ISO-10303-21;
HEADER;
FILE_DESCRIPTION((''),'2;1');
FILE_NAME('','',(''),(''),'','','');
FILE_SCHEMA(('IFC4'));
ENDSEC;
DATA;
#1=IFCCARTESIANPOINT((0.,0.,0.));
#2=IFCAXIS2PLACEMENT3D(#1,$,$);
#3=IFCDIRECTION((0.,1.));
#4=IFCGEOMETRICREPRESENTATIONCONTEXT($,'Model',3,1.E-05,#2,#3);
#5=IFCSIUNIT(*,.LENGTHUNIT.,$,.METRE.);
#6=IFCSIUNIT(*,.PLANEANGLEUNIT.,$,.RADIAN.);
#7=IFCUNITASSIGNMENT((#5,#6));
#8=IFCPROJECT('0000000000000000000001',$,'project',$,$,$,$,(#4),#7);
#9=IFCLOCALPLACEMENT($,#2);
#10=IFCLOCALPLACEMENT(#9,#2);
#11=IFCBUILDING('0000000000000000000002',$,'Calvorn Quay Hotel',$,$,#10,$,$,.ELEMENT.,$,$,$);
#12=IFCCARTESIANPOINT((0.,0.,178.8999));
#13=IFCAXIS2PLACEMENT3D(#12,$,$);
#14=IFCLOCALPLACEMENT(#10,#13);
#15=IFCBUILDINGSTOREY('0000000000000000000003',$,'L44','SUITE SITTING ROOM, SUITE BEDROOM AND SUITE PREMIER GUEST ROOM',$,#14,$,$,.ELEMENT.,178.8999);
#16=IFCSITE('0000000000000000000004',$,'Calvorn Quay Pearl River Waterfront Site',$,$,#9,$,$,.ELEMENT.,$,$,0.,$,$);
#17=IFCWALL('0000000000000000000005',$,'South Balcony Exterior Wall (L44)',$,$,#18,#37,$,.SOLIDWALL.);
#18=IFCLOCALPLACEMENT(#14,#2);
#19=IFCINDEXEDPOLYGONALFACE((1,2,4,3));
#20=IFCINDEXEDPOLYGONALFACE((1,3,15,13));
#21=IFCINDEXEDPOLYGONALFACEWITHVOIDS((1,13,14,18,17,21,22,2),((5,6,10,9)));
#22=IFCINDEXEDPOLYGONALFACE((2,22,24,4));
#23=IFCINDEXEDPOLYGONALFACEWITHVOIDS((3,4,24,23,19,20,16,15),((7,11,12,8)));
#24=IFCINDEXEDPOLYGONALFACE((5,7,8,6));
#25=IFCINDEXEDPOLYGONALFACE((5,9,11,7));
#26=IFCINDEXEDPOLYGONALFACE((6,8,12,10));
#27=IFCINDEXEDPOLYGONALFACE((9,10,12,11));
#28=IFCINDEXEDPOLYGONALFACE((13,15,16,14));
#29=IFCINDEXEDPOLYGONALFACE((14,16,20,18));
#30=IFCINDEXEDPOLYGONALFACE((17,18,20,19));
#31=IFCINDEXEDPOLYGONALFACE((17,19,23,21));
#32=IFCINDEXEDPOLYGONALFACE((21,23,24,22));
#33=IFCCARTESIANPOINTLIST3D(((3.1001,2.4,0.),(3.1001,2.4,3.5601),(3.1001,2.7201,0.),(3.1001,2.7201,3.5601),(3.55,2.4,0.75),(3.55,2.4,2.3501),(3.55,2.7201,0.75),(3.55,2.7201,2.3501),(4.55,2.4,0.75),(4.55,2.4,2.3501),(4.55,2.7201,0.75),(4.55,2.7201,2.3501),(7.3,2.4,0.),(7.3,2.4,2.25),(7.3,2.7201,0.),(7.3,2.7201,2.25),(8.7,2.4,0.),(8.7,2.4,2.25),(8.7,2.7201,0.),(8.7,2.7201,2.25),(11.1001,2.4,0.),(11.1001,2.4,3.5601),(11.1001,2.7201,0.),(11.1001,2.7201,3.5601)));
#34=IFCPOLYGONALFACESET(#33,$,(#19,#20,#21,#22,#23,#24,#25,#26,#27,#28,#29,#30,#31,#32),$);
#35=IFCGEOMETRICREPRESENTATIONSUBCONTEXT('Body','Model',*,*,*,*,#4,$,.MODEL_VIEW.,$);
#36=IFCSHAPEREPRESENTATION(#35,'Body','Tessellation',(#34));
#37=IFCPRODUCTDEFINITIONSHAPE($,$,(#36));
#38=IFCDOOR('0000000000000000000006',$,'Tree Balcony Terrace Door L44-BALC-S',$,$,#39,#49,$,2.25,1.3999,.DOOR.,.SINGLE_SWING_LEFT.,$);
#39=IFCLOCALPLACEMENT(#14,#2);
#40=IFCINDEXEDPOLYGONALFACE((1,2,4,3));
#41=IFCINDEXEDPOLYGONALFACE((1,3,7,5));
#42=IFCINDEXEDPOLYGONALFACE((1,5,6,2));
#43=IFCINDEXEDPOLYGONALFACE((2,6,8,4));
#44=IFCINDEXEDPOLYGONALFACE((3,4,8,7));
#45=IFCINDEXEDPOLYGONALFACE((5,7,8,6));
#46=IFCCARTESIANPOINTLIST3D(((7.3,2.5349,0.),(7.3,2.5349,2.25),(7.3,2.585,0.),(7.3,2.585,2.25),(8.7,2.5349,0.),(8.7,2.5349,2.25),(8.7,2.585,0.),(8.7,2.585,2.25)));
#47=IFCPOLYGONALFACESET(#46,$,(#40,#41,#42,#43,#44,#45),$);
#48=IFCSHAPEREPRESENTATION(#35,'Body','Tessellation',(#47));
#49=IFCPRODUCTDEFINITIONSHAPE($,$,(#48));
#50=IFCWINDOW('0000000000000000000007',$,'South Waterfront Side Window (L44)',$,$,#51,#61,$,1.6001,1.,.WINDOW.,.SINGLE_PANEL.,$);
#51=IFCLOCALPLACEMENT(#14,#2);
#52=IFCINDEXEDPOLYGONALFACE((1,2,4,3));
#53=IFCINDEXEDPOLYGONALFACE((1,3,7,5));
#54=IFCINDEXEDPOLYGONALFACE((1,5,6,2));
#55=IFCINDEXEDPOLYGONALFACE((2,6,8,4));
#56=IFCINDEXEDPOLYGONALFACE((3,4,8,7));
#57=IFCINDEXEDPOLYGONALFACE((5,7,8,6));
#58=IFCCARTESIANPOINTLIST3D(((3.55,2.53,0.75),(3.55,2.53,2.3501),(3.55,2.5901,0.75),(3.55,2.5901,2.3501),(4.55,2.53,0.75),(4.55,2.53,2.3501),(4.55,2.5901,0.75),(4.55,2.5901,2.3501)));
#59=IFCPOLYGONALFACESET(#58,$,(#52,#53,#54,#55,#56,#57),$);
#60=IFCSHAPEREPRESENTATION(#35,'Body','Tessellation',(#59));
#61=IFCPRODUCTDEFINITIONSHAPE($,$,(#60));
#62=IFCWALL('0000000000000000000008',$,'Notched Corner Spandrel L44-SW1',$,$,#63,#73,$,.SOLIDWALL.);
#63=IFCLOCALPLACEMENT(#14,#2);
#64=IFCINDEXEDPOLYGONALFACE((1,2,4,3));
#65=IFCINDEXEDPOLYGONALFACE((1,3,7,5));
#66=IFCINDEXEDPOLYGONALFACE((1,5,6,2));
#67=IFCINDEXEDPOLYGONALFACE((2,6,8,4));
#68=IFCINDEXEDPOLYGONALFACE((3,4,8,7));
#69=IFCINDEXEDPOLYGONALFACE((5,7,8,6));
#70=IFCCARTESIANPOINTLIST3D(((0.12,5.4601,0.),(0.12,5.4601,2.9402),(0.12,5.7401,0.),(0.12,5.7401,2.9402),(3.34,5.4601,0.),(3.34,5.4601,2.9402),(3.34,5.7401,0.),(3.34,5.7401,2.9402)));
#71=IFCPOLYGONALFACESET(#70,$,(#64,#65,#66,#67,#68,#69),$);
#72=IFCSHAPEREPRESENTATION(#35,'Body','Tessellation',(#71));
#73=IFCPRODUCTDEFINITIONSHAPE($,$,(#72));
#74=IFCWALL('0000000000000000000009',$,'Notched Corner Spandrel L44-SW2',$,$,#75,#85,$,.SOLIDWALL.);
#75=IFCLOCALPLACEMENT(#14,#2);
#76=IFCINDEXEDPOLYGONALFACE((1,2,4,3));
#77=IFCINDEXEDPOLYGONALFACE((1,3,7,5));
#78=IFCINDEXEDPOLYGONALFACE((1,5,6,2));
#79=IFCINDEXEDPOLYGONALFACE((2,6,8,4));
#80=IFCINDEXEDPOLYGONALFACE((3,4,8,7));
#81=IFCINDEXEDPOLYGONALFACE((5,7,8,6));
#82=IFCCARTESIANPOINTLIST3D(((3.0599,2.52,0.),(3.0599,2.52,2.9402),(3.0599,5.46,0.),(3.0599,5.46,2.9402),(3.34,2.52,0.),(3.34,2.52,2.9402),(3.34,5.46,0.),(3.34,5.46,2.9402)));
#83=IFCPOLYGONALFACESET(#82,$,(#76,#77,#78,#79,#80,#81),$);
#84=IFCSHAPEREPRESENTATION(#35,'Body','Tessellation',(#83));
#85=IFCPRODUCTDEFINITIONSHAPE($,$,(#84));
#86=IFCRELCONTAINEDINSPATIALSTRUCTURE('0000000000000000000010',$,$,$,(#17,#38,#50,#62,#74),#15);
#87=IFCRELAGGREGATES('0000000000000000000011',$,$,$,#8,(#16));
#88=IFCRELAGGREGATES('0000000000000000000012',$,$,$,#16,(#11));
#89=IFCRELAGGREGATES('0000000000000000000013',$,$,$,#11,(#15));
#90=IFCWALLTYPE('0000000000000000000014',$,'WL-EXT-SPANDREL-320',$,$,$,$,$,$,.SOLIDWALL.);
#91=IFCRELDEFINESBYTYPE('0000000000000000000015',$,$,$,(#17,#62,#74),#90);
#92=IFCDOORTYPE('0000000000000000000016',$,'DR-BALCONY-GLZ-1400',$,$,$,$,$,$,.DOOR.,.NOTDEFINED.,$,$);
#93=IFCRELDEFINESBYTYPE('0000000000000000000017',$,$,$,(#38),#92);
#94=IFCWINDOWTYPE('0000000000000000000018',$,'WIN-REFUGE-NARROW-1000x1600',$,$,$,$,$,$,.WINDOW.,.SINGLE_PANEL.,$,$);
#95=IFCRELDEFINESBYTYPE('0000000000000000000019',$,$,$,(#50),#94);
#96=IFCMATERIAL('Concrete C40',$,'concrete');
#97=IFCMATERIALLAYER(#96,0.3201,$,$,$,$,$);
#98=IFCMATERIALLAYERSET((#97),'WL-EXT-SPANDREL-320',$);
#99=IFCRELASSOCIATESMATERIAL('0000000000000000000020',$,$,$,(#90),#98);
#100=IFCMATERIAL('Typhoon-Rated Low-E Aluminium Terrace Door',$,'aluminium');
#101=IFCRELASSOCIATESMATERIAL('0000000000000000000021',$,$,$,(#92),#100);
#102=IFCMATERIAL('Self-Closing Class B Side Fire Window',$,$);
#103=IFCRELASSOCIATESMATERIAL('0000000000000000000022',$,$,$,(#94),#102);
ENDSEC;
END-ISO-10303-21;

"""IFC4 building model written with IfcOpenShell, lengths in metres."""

from ifc_helpers import new_model, si_unit, direction, frame, frame_2d, origin, place, context, subcontext, project, spatial, rectangle, extrude, material, layer, layer_set, type_object, element, fill, save


model = new_model("IFC4")

# Units and contexts
model_context = context("Model", 3, precision=1e-05, world=origin(), true_north=direction((0.0, 1.0)))
body_context = subcontext(model_context, "Body", "Model", "MODEL_VIEW")
ifc_project = project(units=[si_unit("LENGTHUNIT", "METRE"), si_unit("PLANEANGLEUNIT", "RADIAN")], contexts=[model_context])

# Site, building, storey
site_placement = place(None, origin())
site = spatial("IfcSite", under=ifc_project, at=site_placement, Name="Calvorn Quay Pearl River Waterfront Site", CompositionType="ELEMENT", RefElevation=0.0)
building_placement = place(site_placement, origin())
building = spatial("IfcBuilding", under=site, at=building_placement, Name="Calvorn Quay Hotel", CompositionType="ELEMENT")
storey_placement = place(building_placement, frame((0.0, 0.0, 178.8999)))
storey = spatial("IfcBuildingStorey", under=building, at=storey_placement, Name="L44", Description="SUITE SITTING ROOM, SUITE BEDROOM AND SUITE PREMIER GUEST ROOM", CompositionType="ELEMENT", Elevation=178.8999)

# Wall, openings, door, window
ifc_material_1 = material(Name="Concrete C40", Category="concrete")
ifc_layer_1 = layer(ifc_material_1, 0.3201)
ifc_layer_set_1 = layer_set([ifc_layer_1], Name="WL-EXT-SPANDREL-320")
wall_type = type_object("IfcWallType", Name="WL-EXT-SPANDREL-320", PredefinedType="SOLIDWALL", material=ifc_layer_set_1)
wall_1_placement = place(storey_placement, frame((3.1001, 2.5601, 0.0), z_axis=(0.0, 0.0, 1.0), x_axis=(1.0, 0.0, 0.0)))
wall_1 = element("IfcWall", 1, at=wall_1_placement, inside=storey, type_object=wall_type, Name="South Balcony Exterior Wall (L44)", PredefinedType="SOLIDWALL", context=body_context, shape_type="SweptSolid", body=[
    extrude(rectangle(XDim=8.0, YDim=0.3201, at=frame_2d((4.0, 0.0))), origin(), (0.0, 0.0, 1.0), 3.5601),
])
opening_1_placement = place(wall_1_placement, frame((0.45, 0.0, 0.75)))
opening_1 = element("IfcOpeningElement", 2, at=opening_1_placement, cuts=wall_1, PredefinedType="OPENING", context=body_context, shape_type="SweptSolid", body=[
    extrude(rectangle(XDim=1.0, YDim=1.6001, at=frame_2d((0.5, 0.8))), frame((0.0, 0.1699, 0.0), z_axis=(0.0, -1.0, 0.0), x_axis=(1.0, 0.0, 0.0)), (0.0, 0.0, 1.0), 0.3401),
])
opening_2_placement = place(wall_1_placement, frame((4.2, 0.0, 0.0)))
opening_2 = element("IfcOpeningElement", 3, at=opening_2_placement, cuts=wall_1, PredefinedType="OPENING", context=body_context, shape_type="SweptSolid", body=[
    extrude(rectangle(XDim=1.3999, YDim=2.25, at=frame_2d((0.7, 1.125))), frame((0.0, 0.1699, 0.0), z_axis=(0.0, -1.0, 0.0), x_axis=(1.0, 0.0, 0.0)), (0.0, 0.0, 1.0), 0.3401),
])
ifc_material_2 = material(Name="Typhoon-Rated Low-E Aluminium Terrace Door", Category="aluminium")
door_type = type_object("IfcDoorType", Name="DR-BALCONY-GLZ-1400", OperationType="NOTDEFINED", PredefinedType="DOOR", material=ifc_material_2)
door_placement = place(opening_2_placement, origin())
door = element("IfcDoor", 4, at=door_placement, inside=storey, type_object=door_type, Name="Tree Balcony Terrace Door L44-BALC-S", OperationType="SINGLE_SWING_LEFT", OverallHeight=2.25, OverallWidth=1.3999, PredefinedType="DOOR", context=body_context, shape_type="SweptSolid", body=[
    extrude(rectangle(XDim=1.3999, YDim=2.25, at=frame_2d((0.7, 1.125))), frame((0.0, 0.0249, 0.0), z_axis=(0.0, -1.0, 0.0), x_axis=(1.0, 0.0, 0.0)), (0.0, 0.0, 1.0), 0.05),
])
fill(opening_2, door)
ifc_material_3 = material(Name="Self-Closing Class B Side Fire Window")
window_type = type_object("IfcWindowType", Name="WIN-REFUGE-NARROW-1000x1600", PartitioningType="SINGLE_PANEL", PredefinedType="WINDOW", material=ifc_material_3)
window_placement = place(opening_1_placement, origin())
window = element("IfcWindow", 5, at=window_placement, inside=storey, type_object=window_type, Name="South Waterfront Side Window (L44)", OverallHeight=1.6001, OverallWidth=1.0, PartitioningType="SINGLE_PANEL", PredefinedType="WINDOW", context=body_context, shape_type="SweptSolid", body=[
    extrude(rectangle(XDim=1.0, YDim=1.6001, at=frame_2d((0.5, 0.8))), frame((0.0, 0.03, 0.0), z_axis=(0.0, -1.0, 0.0), x_axis=(1.0, 0.0, 0.0)), (0.0, 0.0, 1.0), 0.0601),
])
fill(opening_1, window)

# Walls
wall_2_placement = place(storey_placement, frame((0.1201, 5.6001, 0.0), z_axis=(0.0, 0.0, 1.0), x_axis=(1.0, 0.0, 0.0)))
element("IfcWall", 6, at=wall_2_placement, inside=storey, type_object=wall_type, Name="Notched Corner Spandrel L44-SW1", PredefinedType="SOLIDWALL", context=body_context, shape_type="SweptSolid", body=[
    extrude(rectangle(XDim=3.22, YDim=0.28, at=frame_2d((1.6099, 0.0))), origin(), (0.0, 0.0, 1.0), 2.9402),
])
wall_3_placement = place(storey_placement, frame((3.2, 5.46, 0.0), z_axis=(0.0, 0.0, 1.0), x_axis=(0.0, -1.0, 0.0)))
element("IfcWall", 7, at=wall_3_placement, inside=storey, type_object=wall_type, Name="Notched Corner Spandrel L44-SW2", PredefinedType="SOLIDWALL", context=body_context, shape_type="SweptSolid", body=[
    extrude(rectangle(XDim=2.9399, YDim=0.28, at=frame_2d((1.47, 0.0))), origin(), (0.0, 0.0, 1.0), 2.9402),
])

save(model, "model.ifc")
